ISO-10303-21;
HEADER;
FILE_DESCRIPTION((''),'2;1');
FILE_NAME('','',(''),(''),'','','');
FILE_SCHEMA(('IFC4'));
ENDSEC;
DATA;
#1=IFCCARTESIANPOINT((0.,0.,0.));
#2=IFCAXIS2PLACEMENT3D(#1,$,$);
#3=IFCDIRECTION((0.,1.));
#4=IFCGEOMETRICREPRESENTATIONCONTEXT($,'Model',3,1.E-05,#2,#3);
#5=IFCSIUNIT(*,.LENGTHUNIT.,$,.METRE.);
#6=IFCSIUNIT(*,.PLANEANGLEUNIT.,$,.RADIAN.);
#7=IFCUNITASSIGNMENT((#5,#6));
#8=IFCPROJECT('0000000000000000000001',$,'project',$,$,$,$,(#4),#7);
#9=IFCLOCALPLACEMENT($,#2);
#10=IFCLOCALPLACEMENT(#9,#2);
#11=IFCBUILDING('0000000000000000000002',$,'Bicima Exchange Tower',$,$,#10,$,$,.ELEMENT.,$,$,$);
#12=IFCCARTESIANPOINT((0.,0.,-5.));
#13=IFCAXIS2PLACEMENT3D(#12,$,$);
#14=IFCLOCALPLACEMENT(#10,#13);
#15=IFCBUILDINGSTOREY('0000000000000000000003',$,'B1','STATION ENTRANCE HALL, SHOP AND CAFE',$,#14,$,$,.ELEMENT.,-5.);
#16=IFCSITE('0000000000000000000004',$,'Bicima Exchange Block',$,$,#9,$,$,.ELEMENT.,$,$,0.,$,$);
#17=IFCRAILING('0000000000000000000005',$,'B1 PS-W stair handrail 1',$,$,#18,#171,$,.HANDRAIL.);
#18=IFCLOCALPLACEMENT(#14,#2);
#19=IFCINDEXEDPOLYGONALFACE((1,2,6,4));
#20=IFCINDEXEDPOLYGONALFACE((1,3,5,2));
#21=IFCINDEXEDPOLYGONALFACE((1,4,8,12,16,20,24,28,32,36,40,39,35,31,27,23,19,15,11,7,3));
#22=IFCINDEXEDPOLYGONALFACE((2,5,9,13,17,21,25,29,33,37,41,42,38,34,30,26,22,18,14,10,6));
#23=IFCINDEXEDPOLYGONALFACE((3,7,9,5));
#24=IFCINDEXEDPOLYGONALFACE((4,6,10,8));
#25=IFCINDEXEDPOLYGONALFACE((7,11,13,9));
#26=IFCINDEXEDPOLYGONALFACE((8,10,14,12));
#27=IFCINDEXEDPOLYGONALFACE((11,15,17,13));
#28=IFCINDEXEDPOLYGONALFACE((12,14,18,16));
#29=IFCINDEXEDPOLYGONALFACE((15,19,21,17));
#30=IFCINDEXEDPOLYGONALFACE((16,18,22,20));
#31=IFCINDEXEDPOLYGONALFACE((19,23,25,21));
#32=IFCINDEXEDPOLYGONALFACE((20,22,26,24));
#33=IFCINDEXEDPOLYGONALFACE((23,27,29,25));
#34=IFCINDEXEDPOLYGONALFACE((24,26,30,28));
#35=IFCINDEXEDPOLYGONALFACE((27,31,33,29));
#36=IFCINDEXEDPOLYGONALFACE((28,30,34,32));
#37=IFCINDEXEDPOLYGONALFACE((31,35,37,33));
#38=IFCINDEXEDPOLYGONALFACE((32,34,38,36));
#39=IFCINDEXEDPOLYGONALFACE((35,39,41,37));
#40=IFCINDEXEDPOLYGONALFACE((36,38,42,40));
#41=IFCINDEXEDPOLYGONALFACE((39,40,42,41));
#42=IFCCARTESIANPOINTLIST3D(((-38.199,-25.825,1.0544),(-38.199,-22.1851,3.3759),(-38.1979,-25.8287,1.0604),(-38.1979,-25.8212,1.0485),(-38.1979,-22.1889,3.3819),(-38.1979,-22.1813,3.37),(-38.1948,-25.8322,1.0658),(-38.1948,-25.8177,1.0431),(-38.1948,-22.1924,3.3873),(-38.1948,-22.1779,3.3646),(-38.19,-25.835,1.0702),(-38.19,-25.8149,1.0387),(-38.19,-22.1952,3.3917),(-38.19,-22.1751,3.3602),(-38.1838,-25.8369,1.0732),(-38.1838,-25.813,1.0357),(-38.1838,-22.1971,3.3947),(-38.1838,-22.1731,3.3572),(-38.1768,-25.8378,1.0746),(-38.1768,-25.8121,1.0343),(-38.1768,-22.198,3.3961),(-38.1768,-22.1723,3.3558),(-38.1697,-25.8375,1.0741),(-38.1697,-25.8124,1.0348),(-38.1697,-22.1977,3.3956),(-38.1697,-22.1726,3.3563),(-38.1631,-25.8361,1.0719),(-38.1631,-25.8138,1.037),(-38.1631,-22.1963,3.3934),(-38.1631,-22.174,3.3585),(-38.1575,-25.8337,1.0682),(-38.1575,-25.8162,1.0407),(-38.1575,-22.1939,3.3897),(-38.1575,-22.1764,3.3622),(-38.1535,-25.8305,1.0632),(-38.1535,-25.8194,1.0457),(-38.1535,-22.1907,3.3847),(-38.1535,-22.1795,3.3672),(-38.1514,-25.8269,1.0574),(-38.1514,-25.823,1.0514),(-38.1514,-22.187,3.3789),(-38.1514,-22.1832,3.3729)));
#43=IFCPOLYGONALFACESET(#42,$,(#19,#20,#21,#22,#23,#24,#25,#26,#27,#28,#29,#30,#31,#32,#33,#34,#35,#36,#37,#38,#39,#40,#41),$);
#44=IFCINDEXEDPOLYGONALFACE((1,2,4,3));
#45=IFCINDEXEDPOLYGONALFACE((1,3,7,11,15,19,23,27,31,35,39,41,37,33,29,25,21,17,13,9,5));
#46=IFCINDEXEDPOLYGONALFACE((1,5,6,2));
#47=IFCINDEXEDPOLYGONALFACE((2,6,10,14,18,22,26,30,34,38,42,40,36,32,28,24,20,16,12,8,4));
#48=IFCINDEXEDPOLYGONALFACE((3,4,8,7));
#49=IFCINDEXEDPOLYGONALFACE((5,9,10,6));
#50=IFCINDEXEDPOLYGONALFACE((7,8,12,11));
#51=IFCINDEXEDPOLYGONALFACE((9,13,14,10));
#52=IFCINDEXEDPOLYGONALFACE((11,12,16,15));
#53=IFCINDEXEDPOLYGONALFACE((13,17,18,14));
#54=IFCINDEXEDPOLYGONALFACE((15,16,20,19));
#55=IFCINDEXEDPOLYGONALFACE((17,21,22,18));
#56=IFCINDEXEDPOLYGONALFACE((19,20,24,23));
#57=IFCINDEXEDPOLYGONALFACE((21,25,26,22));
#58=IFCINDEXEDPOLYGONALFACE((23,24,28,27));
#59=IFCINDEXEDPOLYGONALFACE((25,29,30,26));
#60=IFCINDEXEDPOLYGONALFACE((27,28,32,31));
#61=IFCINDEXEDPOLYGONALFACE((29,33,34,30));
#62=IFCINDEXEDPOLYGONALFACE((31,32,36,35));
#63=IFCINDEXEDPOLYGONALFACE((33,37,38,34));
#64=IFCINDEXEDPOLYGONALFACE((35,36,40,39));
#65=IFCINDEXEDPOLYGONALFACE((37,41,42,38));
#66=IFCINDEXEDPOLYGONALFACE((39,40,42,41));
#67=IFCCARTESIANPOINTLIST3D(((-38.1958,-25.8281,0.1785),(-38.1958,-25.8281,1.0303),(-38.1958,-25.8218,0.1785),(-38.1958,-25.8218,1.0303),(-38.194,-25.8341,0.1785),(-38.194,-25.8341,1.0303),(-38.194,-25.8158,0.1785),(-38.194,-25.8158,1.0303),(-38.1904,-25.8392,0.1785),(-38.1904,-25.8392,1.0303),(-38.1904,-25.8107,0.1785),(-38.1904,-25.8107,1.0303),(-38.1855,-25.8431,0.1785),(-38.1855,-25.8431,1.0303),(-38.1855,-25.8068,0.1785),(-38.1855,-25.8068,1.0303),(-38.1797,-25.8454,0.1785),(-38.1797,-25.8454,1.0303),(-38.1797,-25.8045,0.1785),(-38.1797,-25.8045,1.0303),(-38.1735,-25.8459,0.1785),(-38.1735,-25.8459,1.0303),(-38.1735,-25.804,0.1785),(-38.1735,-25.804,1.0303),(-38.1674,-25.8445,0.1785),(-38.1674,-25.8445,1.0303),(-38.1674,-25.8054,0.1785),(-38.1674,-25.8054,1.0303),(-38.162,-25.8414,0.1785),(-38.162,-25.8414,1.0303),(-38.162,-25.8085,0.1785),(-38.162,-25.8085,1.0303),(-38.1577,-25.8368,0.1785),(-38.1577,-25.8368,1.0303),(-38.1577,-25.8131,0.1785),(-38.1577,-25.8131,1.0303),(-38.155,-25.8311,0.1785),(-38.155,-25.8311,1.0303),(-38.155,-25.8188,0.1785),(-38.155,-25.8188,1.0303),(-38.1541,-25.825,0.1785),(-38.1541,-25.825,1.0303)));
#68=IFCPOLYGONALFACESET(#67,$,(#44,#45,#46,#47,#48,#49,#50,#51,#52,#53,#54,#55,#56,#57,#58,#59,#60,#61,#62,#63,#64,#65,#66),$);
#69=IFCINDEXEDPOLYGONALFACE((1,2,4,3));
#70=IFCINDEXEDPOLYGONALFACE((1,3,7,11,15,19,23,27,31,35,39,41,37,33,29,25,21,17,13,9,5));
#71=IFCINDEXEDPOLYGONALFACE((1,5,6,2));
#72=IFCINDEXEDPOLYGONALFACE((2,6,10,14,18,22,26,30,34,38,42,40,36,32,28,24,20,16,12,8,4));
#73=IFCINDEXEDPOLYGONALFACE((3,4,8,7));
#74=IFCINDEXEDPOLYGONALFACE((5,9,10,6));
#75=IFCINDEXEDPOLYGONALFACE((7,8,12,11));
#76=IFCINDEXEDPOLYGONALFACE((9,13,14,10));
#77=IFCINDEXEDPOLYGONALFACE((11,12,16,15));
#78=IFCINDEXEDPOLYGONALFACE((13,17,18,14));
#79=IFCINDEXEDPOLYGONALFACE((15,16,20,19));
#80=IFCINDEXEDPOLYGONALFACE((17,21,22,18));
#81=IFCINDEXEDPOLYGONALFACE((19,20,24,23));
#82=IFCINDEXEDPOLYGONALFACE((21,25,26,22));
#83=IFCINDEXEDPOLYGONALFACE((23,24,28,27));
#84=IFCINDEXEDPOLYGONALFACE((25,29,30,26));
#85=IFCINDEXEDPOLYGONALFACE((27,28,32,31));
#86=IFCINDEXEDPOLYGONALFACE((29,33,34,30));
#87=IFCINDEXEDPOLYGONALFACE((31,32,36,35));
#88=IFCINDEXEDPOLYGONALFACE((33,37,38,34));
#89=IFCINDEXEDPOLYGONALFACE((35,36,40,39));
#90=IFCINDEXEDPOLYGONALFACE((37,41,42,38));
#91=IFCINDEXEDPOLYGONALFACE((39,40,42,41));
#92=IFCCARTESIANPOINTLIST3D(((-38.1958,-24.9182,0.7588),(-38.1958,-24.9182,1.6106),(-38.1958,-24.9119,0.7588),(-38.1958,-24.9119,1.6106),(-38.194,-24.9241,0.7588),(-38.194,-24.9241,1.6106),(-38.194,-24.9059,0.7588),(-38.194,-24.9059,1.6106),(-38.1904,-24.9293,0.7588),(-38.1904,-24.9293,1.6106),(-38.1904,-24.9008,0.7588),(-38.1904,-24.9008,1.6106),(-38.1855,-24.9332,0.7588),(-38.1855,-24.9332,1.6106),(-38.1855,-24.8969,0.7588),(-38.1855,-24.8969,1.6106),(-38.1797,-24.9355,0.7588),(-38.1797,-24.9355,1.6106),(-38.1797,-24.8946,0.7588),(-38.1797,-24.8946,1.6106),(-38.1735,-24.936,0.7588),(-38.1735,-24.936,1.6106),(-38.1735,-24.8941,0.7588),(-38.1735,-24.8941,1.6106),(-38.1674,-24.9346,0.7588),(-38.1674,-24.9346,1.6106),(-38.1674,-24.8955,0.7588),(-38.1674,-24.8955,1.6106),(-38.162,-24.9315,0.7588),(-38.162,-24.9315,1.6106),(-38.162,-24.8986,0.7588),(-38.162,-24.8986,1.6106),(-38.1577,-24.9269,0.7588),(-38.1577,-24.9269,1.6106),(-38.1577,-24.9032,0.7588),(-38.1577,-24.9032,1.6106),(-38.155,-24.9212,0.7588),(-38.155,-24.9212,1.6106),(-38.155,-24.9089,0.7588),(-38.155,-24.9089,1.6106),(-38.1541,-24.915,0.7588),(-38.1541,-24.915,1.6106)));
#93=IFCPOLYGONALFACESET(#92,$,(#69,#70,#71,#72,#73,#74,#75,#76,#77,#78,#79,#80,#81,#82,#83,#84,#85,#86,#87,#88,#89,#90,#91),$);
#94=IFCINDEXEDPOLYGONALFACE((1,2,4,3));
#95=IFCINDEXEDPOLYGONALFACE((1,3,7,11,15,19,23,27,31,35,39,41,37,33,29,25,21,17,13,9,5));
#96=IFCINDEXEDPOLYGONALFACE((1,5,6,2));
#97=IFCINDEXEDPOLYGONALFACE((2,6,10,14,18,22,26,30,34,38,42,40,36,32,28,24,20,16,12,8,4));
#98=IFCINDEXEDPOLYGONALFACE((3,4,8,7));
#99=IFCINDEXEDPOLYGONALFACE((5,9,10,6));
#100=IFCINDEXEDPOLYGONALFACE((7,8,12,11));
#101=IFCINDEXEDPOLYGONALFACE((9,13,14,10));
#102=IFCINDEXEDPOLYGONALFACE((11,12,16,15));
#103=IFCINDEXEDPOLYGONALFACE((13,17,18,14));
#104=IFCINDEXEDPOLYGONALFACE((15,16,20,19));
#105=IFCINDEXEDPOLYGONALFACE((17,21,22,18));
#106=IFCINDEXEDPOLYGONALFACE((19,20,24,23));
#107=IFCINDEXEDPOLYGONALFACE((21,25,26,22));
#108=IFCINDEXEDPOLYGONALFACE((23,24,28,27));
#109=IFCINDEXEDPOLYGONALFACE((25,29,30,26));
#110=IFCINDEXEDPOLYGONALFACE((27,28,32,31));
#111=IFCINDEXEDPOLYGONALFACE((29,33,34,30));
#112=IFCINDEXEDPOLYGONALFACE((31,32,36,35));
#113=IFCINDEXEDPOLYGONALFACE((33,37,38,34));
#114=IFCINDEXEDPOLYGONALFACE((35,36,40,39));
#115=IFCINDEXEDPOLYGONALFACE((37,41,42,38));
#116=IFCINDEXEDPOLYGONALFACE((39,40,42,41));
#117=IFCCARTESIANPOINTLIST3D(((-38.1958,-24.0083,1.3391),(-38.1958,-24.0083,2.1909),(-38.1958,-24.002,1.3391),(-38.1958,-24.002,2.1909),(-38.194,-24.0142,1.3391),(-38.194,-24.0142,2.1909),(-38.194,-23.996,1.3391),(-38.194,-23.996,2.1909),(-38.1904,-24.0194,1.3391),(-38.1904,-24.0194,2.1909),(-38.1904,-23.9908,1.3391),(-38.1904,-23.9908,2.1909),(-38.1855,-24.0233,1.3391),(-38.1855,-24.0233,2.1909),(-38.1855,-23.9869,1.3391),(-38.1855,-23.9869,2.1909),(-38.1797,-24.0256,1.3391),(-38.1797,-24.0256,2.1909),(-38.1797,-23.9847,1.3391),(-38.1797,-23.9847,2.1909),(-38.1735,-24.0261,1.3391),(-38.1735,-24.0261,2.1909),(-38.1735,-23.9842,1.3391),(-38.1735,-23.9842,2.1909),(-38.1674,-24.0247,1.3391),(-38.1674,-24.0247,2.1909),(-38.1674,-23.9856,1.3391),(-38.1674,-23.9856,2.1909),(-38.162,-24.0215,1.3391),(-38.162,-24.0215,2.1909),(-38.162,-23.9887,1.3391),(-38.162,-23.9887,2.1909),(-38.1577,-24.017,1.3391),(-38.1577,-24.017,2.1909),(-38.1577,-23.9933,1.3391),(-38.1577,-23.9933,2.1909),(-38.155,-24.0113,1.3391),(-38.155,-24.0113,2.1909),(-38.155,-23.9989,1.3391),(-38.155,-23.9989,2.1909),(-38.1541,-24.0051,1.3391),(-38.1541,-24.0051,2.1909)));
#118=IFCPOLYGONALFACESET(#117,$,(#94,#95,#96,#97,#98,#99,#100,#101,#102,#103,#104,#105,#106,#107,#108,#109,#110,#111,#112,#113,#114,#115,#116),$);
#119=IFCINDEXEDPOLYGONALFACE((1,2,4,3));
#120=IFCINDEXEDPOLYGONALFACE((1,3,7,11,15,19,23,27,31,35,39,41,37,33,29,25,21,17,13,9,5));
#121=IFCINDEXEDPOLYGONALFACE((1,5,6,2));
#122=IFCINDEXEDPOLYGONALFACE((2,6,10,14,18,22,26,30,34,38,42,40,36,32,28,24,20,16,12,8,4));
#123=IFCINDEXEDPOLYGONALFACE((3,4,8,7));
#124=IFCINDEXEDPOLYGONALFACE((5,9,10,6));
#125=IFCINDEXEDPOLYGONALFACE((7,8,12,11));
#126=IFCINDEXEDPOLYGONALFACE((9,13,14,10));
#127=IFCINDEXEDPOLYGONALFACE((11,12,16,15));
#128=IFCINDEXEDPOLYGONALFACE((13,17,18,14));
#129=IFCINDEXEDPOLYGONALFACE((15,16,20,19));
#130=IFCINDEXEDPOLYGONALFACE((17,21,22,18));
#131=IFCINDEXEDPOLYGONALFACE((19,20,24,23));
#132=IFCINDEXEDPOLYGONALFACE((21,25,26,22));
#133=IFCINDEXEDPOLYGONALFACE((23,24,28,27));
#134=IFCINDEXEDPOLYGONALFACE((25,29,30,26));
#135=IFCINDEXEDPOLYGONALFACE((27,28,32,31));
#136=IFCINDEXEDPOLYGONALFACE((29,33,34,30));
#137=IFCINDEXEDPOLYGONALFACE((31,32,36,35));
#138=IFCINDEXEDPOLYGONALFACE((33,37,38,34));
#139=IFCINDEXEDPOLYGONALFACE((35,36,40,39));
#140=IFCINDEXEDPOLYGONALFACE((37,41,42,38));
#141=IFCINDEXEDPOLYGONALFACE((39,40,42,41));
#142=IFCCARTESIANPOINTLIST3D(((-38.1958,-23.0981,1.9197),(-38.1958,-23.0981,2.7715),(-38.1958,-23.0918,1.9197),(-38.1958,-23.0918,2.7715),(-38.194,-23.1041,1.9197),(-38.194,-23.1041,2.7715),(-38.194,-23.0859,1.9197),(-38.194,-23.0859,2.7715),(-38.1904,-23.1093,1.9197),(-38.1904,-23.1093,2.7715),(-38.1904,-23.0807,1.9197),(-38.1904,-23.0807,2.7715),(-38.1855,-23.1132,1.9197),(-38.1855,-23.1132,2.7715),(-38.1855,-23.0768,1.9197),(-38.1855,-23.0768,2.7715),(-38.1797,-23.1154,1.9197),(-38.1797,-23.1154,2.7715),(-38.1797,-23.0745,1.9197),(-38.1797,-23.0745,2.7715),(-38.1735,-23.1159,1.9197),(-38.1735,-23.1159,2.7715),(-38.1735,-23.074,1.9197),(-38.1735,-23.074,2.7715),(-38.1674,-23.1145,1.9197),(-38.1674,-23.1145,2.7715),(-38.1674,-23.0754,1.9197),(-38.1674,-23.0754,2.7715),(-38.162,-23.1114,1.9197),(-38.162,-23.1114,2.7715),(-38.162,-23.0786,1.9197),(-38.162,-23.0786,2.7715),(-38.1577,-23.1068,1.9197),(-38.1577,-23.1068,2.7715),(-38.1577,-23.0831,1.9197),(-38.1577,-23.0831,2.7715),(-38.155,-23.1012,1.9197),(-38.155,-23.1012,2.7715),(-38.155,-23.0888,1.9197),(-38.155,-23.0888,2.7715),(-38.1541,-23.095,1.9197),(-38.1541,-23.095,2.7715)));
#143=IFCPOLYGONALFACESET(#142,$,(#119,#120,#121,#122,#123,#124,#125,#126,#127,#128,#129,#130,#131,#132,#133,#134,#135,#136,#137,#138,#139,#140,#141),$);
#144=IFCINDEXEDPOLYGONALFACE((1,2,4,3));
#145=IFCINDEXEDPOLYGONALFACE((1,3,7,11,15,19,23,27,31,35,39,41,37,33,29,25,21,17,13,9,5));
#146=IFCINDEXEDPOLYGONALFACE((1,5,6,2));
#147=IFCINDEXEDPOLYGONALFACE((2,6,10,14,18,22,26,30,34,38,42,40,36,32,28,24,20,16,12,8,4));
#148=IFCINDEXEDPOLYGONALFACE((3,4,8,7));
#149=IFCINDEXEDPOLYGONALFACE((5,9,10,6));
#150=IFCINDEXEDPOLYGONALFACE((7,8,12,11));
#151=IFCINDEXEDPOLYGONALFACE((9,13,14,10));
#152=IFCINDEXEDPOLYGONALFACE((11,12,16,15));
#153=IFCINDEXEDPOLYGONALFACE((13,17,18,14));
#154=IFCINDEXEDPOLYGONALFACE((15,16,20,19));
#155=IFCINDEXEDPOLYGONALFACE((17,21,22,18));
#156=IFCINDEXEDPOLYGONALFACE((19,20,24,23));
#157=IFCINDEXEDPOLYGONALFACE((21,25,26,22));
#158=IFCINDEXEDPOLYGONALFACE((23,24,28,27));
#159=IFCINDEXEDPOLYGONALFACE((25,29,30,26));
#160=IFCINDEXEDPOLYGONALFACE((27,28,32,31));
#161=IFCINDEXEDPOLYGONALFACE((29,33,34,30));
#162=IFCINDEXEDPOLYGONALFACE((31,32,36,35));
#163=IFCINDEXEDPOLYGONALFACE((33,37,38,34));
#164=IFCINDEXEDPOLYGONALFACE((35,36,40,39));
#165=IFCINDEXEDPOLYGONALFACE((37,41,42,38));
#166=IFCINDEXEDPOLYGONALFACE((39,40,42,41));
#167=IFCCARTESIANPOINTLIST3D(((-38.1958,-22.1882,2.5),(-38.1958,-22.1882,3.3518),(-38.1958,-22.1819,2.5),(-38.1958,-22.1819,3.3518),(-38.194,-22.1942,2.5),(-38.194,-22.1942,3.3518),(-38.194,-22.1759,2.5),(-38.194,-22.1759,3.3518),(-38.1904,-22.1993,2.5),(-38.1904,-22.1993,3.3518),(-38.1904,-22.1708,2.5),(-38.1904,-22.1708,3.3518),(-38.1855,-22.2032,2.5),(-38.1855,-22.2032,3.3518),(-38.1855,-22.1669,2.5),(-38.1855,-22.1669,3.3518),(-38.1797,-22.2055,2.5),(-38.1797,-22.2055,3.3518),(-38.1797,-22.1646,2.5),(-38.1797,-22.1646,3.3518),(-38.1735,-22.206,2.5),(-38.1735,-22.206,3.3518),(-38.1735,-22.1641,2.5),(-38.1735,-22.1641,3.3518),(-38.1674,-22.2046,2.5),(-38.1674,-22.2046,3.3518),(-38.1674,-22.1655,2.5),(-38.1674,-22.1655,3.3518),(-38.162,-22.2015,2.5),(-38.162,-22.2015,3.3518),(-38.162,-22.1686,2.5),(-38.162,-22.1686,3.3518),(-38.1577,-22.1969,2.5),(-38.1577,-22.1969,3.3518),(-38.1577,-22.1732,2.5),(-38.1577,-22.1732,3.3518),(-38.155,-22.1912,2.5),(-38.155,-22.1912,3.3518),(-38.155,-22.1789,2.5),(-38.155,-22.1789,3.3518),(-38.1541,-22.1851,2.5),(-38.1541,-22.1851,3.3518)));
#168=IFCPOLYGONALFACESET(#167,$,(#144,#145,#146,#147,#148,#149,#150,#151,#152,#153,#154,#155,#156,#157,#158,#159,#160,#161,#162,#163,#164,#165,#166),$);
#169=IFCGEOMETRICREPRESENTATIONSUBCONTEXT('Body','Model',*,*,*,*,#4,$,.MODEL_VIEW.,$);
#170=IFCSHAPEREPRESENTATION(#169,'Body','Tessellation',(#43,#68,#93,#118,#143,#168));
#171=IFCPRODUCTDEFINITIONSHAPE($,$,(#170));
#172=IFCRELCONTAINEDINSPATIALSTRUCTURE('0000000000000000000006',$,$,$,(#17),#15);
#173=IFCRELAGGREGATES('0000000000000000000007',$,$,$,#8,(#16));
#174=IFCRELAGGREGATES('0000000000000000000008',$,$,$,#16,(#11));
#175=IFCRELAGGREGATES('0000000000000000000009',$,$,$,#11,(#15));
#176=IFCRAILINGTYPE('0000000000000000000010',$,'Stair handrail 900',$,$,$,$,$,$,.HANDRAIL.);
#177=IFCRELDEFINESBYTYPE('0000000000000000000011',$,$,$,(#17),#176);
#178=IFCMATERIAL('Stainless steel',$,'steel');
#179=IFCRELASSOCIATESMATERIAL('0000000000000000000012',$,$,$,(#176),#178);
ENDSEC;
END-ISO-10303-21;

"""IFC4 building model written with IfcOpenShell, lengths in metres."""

from ifc_helpers import new_model, si_unit, direction, frame, origin, origin_2d, place, context, subcontext, project, spatial, circle, extrude, material, type_object, element, save


model = new_model("IFC4")

# Units and contexts
model_context = context("Model", 3, precision=1e-05, world=origin(), true_north=direction((0.0, 1.0)))
body_context = subcontext(model_context, "Body", "Model", "MODEL_VIEW")
ifc_project = project(units=[si_unit("LENGTHUNIT", "METRE"), si_unit("PLANEANGLEUNIT", "RADIAN")], contexts=[model_context])

# Site, building, storey
site_placement = place(None, origin())
site = spatial("IfcSite", under=ifc_project, at=site_placement, Name="Bicima Exchange Block", CompositionType="ELEMENT", RefElevation=0.0)
building_placement = place(site_placement, origin())
building = spatial("IfcBuilding", under=site, at=building_placement, Name="Bicima Exchange Tower", CompositionType="ELEMENT")
storey_placement = place(building_placement, frame((0.0, 0.0, -5.0)))
storey = spatial("IfcBuildingStorey", under=building, at=storey_placement, Name="B1", Description="STATION ENTRANCE HALL, SHOP AND CAFE", CompositionType="ELEMENT", Elevation=-5.0)

# Railing
ifc_material_1 = material(Name="Stainless steel", Category="steel")
railing_type_1 = type_object("IfcRailingType", Name="Stair handrail 900", PredefinedType="HANDRAIL", material=ifc_material_1)
railing_1_placement = place(storey_placement, frame((-38.175, -25.825, 0.1785)))
element("IfcRailing", 1, at=railing_1_placement, inside=storey, type_object=railing_type_1, Name="B1 PS-W stair handrail 1", PredefinedType="HANDRAIL", context=body_context, shape_type="SweptSolid", body=[
    extrude(circle(Radius=0.0239, at=origin_2d()), frame((0.0, 0.0, 0.876), z_axis=(0.0, 0.843112, 0.537739), x_axis=(-1.0, 0.0, 0.0)), (0.0, 0.0, 1.0), 4.3171),
    extrude(circle(Radius=0.021, at=origin_2d()), origin(), (0.0, 0.0, 1.0), 0.8518),
    extrude(circle(Radius=0.021, at=origin_2d()), frame((0.0, 0.9099, 0.5803)), (0.0, 0.0, 1.0), 0.8518),
    extrude(circle(Radius=0.021, at=origin_2d()), frame((0.0, 1.8198, 1.1606)), (0.0, 0.0, 1.0), 0.8518),
    extrude(circle(Radius=0.021, at=origin_2d()), frame((0.0, 2.73, 1.7412)), (0.0, 0.0, 1.0), 0.8518),
    extrude(circle(Radius=0.021, at=origin_2d()), frame((0.0, 3.6399, 2.3215)), (0.0, 0.0, 1.0), 0.8518),
])

save(model, "model.ifc")
